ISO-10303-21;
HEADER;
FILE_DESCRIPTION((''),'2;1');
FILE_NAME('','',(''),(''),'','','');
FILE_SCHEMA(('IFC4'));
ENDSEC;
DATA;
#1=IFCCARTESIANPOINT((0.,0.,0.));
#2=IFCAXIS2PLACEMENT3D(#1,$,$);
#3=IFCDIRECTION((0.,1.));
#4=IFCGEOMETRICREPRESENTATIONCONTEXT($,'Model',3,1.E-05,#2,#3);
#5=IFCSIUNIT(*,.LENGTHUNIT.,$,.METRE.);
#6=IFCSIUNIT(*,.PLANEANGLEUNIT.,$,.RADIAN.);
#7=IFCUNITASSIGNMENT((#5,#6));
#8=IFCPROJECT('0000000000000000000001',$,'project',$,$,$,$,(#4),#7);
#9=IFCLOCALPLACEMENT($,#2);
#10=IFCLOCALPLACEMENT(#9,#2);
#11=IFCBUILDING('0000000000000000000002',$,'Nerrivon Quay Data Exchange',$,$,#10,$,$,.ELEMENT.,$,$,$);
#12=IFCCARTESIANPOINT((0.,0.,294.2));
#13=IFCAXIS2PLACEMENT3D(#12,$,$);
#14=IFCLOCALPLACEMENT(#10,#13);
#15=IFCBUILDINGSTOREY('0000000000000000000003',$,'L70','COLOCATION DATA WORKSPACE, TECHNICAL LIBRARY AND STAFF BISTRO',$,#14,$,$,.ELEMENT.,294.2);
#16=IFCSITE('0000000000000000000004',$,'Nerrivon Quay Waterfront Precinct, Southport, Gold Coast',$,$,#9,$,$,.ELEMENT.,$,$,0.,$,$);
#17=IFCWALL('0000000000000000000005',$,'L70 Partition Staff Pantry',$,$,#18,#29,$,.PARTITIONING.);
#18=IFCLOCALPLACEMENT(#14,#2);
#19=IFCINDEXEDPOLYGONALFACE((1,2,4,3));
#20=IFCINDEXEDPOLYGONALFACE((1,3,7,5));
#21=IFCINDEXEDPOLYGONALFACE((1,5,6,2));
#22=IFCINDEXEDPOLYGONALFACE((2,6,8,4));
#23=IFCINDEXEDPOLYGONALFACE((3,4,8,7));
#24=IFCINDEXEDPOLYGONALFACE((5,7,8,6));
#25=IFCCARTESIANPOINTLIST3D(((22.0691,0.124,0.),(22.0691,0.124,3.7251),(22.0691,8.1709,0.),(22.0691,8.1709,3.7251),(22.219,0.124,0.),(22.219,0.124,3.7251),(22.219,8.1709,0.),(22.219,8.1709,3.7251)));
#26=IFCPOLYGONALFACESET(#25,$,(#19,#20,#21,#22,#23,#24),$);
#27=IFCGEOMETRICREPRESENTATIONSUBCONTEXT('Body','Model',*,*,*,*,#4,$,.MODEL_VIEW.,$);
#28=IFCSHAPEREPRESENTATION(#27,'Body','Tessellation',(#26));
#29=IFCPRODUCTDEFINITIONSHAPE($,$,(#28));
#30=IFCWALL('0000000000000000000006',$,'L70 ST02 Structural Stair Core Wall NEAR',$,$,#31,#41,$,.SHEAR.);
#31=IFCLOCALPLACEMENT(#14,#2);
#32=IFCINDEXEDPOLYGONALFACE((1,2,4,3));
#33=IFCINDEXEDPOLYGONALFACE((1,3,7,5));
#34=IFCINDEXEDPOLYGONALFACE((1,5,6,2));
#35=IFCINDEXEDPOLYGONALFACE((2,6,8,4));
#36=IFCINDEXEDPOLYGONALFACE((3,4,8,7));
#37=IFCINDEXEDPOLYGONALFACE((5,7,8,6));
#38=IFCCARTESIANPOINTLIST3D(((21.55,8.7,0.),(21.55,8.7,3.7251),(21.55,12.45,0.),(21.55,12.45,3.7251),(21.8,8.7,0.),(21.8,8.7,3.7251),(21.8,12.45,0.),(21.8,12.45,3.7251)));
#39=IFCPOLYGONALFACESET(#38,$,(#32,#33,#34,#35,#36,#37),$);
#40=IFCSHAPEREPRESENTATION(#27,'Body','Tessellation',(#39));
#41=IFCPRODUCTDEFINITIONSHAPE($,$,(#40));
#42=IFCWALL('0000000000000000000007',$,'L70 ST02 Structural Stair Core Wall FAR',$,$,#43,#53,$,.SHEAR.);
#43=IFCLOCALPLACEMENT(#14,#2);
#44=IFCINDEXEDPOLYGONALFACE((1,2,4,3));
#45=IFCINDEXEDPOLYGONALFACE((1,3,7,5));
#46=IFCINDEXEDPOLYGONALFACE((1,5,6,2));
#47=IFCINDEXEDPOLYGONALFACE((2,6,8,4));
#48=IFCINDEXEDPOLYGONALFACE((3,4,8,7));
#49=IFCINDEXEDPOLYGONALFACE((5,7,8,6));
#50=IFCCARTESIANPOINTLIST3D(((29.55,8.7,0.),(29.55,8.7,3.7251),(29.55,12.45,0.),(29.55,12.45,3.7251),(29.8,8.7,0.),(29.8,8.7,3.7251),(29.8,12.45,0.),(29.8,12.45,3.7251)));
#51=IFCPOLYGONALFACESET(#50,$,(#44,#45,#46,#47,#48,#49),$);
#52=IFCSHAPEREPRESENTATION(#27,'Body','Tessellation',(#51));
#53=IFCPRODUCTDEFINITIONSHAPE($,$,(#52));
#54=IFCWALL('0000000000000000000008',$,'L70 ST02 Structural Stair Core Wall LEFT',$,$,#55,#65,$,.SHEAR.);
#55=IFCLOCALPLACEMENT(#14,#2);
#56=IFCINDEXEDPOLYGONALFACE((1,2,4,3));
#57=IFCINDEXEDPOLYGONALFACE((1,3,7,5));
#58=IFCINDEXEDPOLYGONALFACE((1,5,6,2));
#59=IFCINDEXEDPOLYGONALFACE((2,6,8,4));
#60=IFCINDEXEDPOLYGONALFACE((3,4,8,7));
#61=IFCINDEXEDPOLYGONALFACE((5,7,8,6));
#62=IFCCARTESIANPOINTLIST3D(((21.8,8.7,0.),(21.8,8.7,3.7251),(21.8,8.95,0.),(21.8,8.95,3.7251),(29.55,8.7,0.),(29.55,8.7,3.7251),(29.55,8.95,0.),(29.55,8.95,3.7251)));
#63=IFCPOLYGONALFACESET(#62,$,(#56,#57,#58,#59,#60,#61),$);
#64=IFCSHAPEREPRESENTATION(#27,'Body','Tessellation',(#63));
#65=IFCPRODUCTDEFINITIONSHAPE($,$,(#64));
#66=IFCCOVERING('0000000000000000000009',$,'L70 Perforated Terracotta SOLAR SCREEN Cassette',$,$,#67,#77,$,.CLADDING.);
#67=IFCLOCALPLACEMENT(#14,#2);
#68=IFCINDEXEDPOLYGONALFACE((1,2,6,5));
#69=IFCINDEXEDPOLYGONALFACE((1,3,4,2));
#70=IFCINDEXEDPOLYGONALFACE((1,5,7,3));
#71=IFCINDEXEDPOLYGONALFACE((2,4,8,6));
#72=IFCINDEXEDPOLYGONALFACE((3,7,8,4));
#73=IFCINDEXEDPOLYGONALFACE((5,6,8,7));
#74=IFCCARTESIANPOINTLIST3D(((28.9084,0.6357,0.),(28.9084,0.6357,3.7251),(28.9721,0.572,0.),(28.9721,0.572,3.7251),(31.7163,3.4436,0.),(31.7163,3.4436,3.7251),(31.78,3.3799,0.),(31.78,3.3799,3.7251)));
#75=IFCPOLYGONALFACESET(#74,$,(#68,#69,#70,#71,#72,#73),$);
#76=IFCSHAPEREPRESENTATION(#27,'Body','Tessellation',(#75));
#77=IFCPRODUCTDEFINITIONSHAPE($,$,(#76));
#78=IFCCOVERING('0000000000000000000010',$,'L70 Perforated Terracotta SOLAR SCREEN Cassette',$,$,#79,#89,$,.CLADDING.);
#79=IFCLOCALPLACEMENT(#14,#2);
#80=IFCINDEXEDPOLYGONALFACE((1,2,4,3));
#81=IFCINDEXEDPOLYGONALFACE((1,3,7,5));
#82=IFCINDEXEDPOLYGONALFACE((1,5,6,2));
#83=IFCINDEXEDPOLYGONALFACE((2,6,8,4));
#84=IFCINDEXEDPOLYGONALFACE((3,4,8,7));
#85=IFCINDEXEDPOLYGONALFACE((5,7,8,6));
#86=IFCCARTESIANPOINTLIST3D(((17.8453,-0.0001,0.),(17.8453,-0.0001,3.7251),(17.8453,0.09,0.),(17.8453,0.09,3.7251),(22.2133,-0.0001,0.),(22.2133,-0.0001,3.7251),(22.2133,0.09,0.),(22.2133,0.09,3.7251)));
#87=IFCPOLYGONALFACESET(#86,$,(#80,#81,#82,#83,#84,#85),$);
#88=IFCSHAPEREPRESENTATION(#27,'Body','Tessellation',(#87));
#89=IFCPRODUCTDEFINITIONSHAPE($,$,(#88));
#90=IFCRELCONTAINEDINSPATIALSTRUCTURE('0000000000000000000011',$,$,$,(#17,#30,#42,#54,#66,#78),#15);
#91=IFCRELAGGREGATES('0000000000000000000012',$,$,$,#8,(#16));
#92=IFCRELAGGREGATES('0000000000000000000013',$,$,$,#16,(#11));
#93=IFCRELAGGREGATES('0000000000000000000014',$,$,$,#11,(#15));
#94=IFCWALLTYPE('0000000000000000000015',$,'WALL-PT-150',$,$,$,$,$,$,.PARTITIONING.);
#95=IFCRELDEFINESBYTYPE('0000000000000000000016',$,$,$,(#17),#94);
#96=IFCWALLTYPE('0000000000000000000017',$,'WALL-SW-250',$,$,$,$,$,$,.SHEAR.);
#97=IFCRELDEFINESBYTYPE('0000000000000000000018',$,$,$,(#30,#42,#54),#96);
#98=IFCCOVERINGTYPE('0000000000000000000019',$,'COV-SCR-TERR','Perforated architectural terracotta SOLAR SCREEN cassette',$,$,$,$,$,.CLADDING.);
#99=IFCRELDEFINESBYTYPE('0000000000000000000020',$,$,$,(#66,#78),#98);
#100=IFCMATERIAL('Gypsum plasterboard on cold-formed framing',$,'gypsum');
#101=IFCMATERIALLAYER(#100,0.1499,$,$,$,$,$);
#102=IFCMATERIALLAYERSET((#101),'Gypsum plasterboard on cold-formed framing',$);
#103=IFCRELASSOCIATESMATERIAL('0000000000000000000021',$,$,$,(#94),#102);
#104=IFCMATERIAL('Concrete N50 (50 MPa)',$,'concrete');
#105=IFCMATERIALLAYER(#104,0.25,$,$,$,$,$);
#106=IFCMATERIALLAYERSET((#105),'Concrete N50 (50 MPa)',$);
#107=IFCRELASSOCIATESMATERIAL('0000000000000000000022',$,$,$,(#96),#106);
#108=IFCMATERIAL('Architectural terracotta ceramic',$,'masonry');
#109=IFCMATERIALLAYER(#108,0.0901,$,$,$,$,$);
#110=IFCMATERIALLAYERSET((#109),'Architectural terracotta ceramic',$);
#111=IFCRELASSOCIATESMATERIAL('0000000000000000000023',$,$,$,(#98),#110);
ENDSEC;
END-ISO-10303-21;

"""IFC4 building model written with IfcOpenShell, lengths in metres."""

from ifc_helpers import new_model, si_unit, direction, frame, frame_2d, origin, origin_2d, place, context, subcontext, project, spatial, rectangle, extrude, material, layer, layer_set, type_object, element, save


model = new_model("IFC4")

# Units and contexts
model_context = context("Model", 3, precision=1e-05, world=origin(), true_north=direction((0.0, 1.0)))
body_context = subcontext(model_context, "Body", "Model", "MODEL_VIEW")
ifc_project = project(units=[si_unit("LENGTHUNIT", "METRE"), si_unit("PLANEANGLEUNIT", "RADIAN")], contexts=[model_context])

# Site, building, storey
site_placement = place(None, origin())
site = spatial("IfcSite", under=ifc_project, at=site_placement, Name="Nerrivon Quay Waterfront Precinct, Southport, Gold Coast", CompositionType="ELEMENT", RefElevation=0.0)
building_placement = place(site_placement, origin())
building = spatial("IfcBuilding", under=site, at=building_placement, Name="Nerrivon Quay Data Exchange", CompositionType="ELEMENT")
storey_placement = place(building_placement, frame((0.0, 0.0, 294.2)))
storey = spatial("IfcBuildingStorey", under=building, at=storey_placement, Name="L70", Description="COLOCATION DATA WORKSPACE, TECHNICAL LIBRARY AND STAFF BISTRO", CompositionType="ELEMENT", Elevation=294.2)

# Shared definitions
ifc_material_1 = material(Name="Concrete N50 (50 MPa)", Category="concrete")

# Walls
ifc_material_2 = material(Name="Gypsum plasterboard on cold-formed framing", Category="gypsum")
ifc_layer_1 = layer(ifc_material_2, 0.1499)
ifc_layer_set_1 = layer_set([ifc_layer_1], Name="Gypsum plasterboard on cold-formed framing")
wall_type_1 = type_object("IfcWallType", Name="WALL-PT-150", PredefinedType="PARTITIONING", material=ifc_layer_set_1)
wall_1_placement = place(storey_placement, frame((22.144, 0.124, 0.0), z_axis=(0.0, 0.0, 1.0), x_axis=(0.0, 1.0, 0.0)))
element("IfcWall", 1, at=wall_1_placement, inside=storey, type_object=wall_type_1, Name="L70 Partition Staff Pantry", PredefinedType="PARTITIONING", context=body_context, shape_type="SweptSolid", body=[
    extrude(rectangle(XDim=8.0469, YDim=0.1499, at=frame_2d((4.0234, 0.0))), origin(), (0.0, 0.0, 1.0), 3.7251),
])
ifc_layer_2 = layer(ifc_material_1, 0.25)
ifc_layer_set_2 = layer_set([ifc_layer_2], Name="Concrete N50 (50 MPa)")
wall_type_2 = type_object("IfcWallType", Name="WALL-SW-250", PredefinedType="SHEAR", material=ifc_layer_set_2)
for number, where, z_axis, x_axis, name in (
    (2, (21.675, 8.7, 0.0), (0.0, 0.0, 1.0), (0.0, 1.0, 0.0), "L70 ST02 Structural Stair Core Wall NEAR"),
    (3, (29.675, 8.7, 0.0), (0.0, 0.0, 1.0), (0.0, 1.0, 0.0), "L70 ST02 Structural Stair Core Wall FAR"),
):
    element("IfcWall", number, at=place(storey_placement, frame(where, z_axis=z_axis, x_axis=x_axis)), inside=storey, type_object=wall_type_2, Name=name, PredefinedType="SHEAR", context=body_context, shape_type="SweptSolid", body=[
        extrude(rectangle(XDim=3.75, YDim=0.25, at=frame_2d((1.875, 0.0))), origin(), (0.0, 0.0, 1.0), 3.7251),
    ])
wall_2_placement = place(storey_placement, frame((21.8, 8.825, 0.0), z_axis=(0.0, 0.0, 1.0), x_axis=(1.0, 0.0, 0.0)))
element("IfcWall", 4, at=wall_2_placement, inside=storey, type_object=wall_type_2, Name="L70 ST02 Structural Stair Core Wall LEFT", PredefinedType="SHEAR", context=body_context, shape_type="SweptSolid", body=[
    extrude(rectangle(XDim=7.75, YDim=0.25, at=frame_2d((3.875, 0.0))), origin(), (0.0, 0.0, 1.0), 3.7251),
])

# Coverings
ifc_material_3 = material(Name="Architectural terracotta ceramic", Category="masonry")
ifc_layer_3 = layer(ifc_material_3, 0.0901)
ifc_layer_set_3 = layer_set([ifc_layer_3], Name="Architectural terracotta ceramic")
covering_type = type_object("IfcCoveringType", Name="COV-SCR-TERR", Description="Perforated architectural terracotta SOLAR SCREEN cassette", PredefinedType="CLADDING", material=ifc_layer_set_3)
covering_1_placement = place(storey_placement, frame((30.3442, 2.0078, 0.0), z_axis=(0.0, 0.0, 1.0), x_axis=(-0.707107, -0.707107, 0.0)))
element("IfcCovering", 5, at=covering_1_placement, inside=storey, type_object=covering_type, Name="L70 Perforated Terracotta SOLAR SCREEN Cassette", PredefinedType="CLADDING", context=body_context, shape_type="SweptSolid", body=[
    extrude(rectangle(XDim=3.9709, YDim=0.0901, at=origin_2d()), origin(), (0.0, 0.0, 1.0), 3.7251),
])
covering_2_placement = place(storey_placement, frame((20.0293, 0.0449, 0.0), z_axis=(0.0, 0.0, 1.0), x_axis=(-1.0, 0.0, 0.0)))
element("IfcCovering", 6, at=covering_2_placement, inside=storey, type_object=covering_type, Name="L70 Perforated Terracotta SOLAR SCREEN Cassette", PredefinedType="CLADDING", context=body_context, shape_type="SweptSolid", body=[
    extrude(rectangle(XDim=4.3679, YDim=0.0901, at=origin_2d()), origin(), (0.0, 0.0, 1.0), 3.7251),
])

save(model, "model.ifc")
